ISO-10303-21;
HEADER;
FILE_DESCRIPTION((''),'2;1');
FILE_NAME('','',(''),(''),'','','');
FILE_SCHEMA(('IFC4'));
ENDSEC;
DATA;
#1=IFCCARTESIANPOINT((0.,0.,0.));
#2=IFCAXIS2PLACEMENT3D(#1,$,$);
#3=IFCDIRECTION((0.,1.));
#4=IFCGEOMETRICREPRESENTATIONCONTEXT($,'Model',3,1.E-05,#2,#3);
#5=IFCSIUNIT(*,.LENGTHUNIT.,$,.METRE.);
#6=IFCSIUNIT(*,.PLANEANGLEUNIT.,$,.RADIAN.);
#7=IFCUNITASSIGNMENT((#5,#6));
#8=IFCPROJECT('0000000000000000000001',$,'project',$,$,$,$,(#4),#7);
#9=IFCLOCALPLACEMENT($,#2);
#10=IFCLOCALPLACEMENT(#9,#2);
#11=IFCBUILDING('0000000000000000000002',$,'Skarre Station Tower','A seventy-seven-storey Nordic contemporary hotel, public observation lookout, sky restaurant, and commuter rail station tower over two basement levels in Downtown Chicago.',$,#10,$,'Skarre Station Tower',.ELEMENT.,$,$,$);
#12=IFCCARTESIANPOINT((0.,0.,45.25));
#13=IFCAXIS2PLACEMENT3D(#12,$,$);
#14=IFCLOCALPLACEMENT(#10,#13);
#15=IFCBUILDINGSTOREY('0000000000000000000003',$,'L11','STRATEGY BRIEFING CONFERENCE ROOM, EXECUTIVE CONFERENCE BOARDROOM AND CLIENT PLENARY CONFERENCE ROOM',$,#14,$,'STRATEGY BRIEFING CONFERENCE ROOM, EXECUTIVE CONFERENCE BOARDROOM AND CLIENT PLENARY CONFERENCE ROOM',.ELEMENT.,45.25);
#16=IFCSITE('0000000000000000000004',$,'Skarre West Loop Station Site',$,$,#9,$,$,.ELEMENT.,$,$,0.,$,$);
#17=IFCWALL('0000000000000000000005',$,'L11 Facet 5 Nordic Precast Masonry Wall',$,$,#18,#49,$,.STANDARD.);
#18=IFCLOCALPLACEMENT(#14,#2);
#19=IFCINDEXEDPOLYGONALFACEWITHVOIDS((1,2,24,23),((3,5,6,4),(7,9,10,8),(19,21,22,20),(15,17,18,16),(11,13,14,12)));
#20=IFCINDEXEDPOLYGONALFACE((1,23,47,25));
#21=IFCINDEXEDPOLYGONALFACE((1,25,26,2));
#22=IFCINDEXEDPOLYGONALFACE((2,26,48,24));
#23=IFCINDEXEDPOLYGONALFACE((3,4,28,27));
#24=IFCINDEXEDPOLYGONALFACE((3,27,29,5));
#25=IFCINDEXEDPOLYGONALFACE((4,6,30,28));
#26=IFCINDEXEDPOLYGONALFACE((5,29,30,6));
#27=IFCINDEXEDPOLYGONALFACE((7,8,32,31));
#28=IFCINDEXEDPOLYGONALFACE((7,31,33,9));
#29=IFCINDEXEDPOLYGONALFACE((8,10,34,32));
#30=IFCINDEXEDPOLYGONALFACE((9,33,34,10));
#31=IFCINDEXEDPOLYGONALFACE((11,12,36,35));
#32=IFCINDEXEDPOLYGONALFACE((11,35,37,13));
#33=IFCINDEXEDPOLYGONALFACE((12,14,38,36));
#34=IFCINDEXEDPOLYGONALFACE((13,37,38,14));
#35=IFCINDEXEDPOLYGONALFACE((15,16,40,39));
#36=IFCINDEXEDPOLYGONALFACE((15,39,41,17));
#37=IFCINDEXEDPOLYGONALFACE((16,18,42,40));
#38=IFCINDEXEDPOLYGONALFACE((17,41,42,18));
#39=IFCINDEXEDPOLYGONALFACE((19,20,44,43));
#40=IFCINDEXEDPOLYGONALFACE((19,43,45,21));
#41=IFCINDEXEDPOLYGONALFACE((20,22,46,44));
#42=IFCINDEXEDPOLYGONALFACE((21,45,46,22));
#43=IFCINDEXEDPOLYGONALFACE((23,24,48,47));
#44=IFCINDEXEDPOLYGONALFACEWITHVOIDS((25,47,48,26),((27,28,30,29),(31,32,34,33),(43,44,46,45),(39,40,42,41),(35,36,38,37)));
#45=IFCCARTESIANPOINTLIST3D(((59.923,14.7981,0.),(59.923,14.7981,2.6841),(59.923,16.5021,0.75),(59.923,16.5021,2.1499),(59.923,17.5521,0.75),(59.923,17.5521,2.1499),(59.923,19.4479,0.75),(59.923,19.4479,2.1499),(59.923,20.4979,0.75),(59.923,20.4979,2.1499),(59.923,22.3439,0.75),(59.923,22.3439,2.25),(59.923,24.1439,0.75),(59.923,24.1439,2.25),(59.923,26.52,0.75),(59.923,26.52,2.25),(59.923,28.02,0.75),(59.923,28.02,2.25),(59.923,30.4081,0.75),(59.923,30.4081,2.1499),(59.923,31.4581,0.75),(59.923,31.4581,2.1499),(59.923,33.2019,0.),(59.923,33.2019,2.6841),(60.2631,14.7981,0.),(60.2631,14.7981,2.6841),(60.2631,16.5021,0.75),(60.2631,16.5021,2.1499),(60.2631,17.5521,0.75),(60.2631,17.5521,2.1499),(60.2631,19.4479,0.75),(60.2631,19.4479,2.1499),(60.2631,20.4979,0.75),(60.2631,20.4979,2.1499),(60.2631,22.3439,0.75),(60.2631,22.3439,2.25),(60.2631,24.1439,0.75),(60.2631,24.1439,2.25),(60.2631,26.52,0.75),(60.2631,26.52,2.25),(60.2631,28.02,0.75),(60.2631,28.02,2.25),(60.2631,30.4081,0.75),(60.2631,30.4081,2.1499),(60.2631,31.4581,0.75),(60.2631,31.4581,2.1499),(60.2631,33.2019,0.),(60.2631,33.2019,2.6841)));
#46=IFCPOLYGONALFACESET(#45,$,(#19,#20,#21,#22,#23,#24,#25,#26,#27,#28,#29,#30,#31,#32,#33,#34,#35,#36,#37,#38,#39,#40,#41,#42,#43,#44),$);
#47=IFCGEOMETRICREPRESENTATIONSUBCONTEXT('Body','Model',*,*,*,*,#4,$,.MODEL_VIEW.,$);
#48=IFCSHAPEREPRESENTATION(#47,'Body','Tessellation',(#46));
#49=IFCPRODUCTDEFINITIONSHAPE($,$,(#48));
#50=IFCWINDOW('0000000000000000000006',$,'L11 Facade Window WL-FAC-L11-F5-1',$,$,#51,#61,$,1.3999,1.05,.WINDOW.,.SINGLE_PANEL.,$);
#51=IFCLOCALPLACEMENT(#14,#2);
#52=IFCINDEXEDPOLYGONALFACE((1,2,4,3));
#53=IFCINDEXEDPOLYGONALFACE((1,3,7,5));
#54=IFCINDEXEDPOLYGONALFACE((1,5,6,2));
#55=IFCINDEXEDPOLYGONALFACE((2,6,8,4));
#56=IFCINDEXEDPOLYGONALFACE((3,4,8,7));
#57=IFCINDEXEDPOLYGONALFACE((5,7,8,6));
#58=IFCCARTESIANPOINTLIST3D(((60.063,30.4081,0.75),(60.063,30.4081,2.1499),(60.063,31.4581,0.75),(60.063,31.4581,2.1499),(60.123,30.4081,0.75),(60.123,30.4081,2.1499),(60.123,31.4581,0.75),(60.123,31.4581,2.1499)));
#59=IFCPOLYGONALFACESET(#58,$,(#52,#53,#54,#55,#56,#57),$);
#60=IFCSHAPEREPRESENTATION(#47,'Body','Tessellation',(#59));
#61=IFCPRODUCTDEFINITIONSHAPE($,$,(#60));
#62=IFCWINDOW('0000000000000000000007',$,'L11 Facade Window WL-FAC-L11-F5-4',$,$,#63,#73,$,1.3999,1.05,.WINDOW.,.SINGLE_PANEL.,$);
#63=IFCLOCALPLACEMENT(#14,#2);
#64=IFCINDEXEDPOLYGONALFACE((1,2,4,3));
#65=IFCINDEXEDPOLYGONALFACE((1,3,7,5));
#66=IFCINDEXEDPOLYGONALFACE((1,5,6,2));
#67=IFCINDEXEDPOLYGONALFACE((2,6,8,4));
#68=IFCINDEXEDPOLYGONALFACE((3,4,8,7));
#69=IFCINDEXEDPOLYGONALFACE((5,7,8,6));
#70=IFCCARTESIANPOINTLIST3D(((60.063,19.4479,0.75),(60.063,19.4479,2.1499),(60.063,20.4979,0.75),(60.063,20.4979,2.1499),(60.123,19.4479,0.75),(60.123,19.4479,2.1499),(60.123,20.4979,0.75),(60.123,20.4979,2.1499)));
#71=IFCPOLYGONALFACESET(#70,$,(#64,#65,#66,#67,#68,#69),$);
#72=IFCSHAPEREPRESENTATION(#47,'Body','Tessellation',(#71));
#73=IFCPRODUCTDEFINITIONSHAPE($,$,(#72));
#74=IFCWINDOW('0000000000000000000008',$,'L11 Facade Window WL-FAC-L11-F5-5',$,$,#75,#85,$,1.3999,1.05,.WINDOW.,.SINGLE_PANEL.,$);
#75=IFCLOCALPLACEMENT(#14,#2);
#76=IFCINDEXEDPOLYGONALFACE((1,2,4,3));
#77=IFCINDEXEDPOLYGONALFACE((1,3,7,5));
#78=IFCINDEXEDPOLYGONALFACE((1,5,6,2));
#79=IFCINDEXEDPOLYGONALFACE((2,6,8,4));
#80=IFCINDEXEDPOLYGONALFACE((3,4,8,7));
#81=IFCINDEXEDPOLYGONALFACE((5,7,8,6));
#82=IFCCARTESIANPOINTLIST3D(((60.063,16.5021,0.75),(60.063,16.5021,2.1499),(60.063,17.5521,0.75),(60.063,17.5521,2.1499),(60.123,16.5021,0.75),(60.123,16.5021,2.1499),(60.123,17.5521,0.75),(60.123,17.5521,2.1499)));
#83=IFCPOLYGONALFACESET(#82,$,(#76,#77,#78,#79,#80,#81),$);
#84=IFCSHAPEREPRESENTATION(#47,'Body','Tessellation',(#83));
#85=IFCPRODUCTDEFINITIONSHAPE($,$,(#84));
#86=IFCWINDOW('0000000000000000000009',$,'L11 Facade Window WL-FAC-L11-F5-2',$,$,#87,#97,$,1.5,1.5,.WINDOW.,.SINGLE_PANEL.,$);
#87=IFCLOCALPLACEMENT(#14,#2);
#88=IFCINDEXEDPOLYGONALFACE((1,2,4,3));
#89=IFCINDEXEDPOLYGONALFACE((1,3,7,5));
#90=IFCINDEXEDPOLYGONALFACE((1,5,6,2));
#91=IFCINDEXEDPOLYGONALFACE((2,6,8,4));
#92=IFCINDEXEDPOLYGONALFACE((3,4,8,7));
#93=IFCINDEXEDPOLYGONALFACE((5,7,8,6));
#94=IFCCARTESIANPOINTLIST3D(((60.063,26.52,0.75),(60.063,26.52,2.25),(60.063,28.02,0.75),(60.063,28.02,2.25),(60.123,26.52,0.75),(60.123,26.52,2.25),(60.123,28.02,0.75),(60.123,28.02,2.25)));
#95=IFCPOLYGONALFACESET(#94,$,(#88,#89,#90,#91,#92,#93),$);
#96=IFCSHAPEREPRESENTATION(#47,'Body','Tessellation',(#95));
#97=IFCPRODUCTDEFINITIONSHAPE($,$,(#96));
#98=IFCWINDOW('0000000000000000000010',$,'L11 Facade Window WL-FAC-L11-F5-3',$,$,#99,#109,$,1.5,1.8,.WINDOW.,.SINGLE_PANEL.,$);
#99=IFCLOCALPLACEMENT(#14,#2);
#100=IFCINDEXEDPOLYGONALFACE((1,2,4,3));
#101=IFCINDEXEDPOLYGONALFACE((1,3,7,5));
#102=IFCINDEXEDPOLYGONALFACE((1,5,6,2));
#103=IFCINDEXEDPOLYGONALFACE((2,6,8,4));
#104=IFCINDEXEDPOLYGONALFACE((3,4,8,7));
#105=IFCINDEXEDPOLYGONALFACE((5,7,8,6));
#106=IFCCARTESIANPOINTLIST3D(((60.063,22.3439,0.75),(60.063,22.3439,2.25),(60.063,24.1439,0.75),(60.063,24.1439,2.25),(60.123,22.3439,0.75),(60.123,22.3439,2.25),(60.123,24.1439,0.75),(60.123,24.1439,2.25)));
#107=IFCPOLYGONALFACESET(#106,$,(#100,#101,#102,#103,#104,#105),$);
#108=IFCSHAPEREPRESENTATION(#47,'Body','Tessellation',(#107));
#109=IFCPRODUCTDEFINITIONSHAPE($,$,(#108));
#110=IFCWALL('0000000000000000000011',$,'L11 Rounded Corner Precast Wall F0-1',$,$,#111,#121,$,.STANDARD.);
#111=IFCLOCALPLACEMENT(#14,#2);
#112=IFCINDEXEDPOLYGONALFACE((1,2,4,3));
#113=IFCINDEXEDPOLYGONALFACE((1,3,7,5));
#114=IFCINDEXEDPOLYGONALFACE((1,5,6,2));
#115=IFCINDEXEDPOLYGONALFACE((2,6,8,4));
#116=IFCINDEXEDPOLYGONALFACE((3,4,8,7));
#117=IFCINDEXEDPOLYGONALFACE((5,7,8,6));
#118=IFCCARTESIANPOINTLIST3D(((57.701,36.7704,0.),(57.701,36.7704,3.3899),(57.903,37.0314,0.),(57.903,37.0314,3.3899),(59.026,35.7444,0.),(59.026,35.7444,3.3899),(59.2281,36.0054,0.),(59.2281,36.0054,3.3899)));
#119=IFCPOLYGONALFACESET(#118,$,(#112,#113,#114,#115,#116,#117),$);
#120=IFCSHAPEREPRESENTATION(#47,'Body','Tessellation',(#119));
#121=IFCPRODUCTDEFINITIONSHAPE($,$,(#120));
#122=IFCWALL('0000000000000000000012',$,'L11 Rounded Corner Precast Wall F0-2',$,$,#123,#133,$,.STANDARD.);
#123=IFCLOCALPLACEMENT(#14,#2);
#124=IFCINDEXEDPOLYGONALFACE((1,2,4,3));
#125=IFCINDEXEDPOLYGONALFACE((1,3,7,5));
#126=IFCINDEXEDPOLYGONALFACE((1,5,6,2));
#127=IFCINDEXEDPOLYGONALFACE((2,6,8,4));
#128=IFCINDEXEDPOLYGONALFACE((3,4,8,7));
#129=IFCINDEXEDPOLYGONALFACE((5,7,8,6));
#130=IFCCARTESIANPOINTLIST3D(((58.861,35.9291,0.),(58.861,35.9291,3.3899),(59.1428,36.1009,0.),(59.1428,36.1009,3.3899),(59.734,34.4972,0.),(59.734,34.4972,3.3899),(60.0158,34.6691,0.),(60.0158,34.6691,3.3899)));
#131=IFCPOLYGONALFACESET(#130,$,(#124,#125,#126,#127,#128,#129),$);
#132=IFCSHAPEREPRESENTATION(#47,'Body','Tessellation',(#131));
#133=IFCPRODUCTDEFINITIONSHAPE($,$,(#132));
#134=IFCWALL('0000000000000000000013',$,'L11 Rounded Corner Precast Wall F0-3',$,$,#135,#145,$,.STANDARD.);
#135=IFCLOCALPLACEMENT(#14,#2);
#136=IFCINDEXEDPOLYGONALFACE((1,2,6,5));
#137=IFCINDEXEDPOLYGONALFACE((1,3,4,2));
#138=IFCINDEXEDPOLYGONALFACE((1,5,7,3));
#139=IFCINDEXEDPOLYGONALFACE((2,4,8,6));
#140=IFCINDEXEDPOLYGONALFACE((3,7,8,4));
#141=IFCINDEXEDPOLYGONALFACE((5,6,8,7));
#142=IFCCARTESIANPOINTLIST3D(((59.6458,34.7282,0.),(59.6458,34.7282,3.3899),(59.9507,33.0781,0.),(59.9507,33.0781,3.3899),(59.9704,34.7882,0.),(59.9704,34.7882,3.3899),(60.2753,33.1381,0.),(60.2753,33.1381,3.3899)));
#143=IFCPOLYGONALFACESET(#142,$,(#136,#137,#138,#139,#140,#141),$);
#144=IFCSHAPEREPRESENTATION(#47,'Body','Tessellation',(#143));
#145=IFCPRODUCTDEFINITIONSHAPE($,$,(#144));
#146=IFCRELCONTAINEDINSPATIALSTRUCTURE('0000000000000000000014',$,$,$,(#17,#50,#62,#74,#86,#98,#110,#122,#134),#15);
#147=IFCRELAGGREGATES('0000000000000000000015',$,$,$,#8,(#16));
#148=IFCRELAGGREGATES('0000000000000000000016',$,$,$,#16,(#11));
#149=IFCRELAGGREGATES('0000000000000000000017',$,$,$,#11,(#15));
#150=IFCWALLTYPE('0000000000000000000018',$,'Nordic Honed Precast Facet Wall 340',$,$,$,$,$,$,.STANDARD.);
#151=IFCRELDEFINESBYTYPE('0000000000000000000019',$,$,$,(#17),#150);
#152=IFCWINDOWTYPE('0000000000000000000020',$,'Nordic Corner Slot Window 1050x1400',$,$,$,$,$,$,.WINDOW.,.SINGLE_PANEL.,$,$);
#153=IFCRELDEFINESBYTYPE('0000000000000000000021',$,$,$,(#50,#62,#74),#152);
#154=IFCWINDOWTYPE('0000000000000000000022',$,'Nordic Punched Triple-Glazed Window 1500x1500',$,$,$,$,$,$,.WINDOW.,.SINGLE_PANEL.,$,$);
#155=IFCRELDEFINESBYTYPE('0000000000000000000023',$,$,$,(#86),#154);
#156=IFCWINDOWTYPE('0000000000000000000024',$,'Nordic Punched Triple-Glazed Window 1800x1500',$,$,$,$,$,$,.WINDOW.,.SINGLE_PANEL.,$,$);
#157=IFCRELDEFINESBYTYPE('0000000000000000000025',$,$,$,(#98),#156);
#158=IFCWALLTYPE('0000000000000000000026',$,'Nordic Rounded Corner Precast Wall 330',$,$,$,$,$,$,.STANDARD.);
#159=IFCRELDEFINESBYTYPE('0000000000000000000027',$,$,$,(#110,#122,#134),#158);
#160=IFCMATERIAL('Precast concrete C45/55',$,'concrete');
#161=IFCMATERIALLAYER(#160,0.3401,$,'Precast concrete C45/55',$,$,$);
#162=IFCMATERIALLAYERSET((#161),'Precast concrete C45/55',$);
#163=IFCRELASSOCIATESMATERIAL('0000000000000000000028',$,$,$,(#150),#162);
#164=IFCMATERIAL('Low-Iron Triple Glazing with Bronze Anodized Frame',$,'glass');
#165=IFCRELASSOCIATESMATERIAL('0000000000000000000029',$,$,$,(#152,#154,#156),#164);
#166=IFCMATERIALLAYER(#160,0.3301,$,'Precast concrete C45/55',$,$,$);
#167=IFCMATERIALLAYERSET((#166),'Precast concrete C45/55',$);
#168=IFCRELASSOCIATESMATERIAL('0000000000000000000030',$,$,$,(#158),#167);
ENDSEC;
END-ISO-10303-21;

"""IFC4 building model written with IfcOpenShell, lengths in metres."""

from ifc_helpers import new_model, si_unit, direction, frame, frame_2d, origin, place, context, subcontext, project, spatial, rectangle, extrude, material, layer, layer_set, type_object, element, fill, save


model = new_model("IFC4")

# Units and contexts
model_context = context("Model", 3, precision=1e-05, world=origin(), true_north=direction((0.0, 1.0)))
body_context = subcontext(model_context, "Body", "Model", "MODEL_VIEW")
ifc_project = project(units=[si_unit("LENGTHUNIT", "METRE"), si_unit("PLANEANGLEUNIT", "RADIAN")], contexts=[model_context])

# Site, building, storey
site_placement = place(None, origin())
site = spatial("IfcSite", under=ifc_project, at=site_placement, Name="Skarre West Loop Station Site", CompositionType="ELEMENT", RefElevation=0.0)
building_placement = place(site_placement, origin())
building = spatial("IfcBuilding", under=site, at=building_placement, Name="Skarre Station Tower", Description="A seventy-seven-storey Nordic contemporary hotel, public observation lookout, sky restaurant, and commuter rail station tower over two basement levels in Downtown Chicago.", LongName="Skarre Station Tower", CompositionType="ELEMENT")
storey_placement = place(building_placement, frame((0.0, 0.0, 45.25)))
storey = spatial("IfcBuildingStorey", under=building, at=storey_placement, Name="L11", Description="STRATEGY BRIEFING CONFERENCE ROOM, EXECUTIVE CONFERENCE BOARDROOM AND CLIENT PLENARY CONFERENCE ROOM", LongName="STRATEGY BRIEFING CONFERENCE ROOM, EXECUTIVE CONFERENCE BOARDROOM AND CLIENT PLENARY CONFERENCE ROOM", CompositionType="ELEMENT", Elevation=45.25)

# Wall, openings, windows
ifc_material_1 = material(Name="Precast concrete C45/55", Category="concrete")
ifc_layer_1 = layer(ifc_material_1, 0.3401, Name="Precast concrete C45/55")
ifc_layer_set_1 = layer_set([ifc_layer_1], Name="Precast concrete C45/55")
wall_type_1 = type_object("IfcWallType", Name="Nordic Honed Precast Facet Wall 340", PredefinedType="STANDARD", material=ifc_layer_set_1)
wall_1_placement = place(storey_placement, frame((60.093, 33.2019, 0.0), z_axis=(0.0, 0.0, 1.0), x_axis=(0.0, -1.0, 0.0)))
wall_1 = element("IfcWall", 1, at=wall_1_placement, inside=storey, type_object=wall_type_1, Name="L11 Facet 5 Nordic Precast Masonry Wall", PredefinedType="STANDARD", context=body_context, shape_type="SweptSolid", body=[
    extrude(rectangle(XDim=18.4038, YDim=0.3401, at=frame_2d((9.2019, 0.0))), origin(), (0.0, 0.0, 1.0), 2.6841),
])
opening_1_placement = place(wall_1_placement, frame((1.7439, 0.0, 0.75)))
opening_1 = element("IfcOpeningElement", 2, at=opening_1_placement, cuts=wall_1, PredefinedType="OPENING", context=body_context, shape_type="SweptSolid", body=[
    extrude(rectangle(XDim=1.05, YDim=1.3999, at=frame_2d((0.5249, 0.7))), frame((0.0, 0.1799, 0.0), z_axis=(0.0, -1.0, 0.0), x_axis=(1.0, 0.0, 0.0)), (0.0, 0.0, 1.0), 0.3601),
])
opening_2_placement = place(wall_1_placement, frame((5.1819, 0.0, 0.75)))
opening_2 = element("IfcOpeningElement", 3, at=opening_2_placement, cuts=wall_1, PredefinedType="OPENING", context=body_context, shape_type="SweptSolid", body=[
    extrude(rectangle(XDim=1.5, YDim=1.5, at=frame_2d((0.75, 0.75))), frame((0.0, 0.1799, 0.0), z_axis=(0.0, -1.0, 0.0), x_axis=(1.0, 0.0, 0.0)), (0.0, 0.0, 1.0), 0.3601),
])
opening_3_placement = place(wall_1_placement, frame((9.0581, 0.0, 0.75)))
opening_3 = element("IfcOpeningElement", 4, at=opening_3_placement, cuts=wall_1, PredefinedType="OPENING", context=body_context, shape_type="SweptSolid", body=[
    extrude(rectangle(XDim=1.8, YDim=1.5, at=frame_2d((0.8999, 0.75))), frame((0.0, 0.1799, 0.0), z_axis=(0.0, -1.0, 0.0), x_axis=(1.0, 0.0, 0.0)), (0.0, 0.0, 1.0), 0.3601),
])
opening_4_placement = place(wall_1_placement, frame((12.7041, 0.0, 0.75)))
opening_4 = element("IfcOpeningElement", 5, at=opening_4_placement, cuts=wall_1, PredefinedType="OPENING", context=body_context, shape_type="SweptSolid", body=[
    extrude(rectangle(XDim=1.05, YDim=1.3999, at=frame_2d((0.5249, 0.7))), frame((0.0, 0.1799, 0.0), z_axis=(0.0, -1.0, 0.0), x_axis=(1.0, 0.0, 0.0)), (0.0, 0.0, 1.0), 0.3601),
])
opening_5_placement = place(wall_1_placement, frame((15.6499, 0.0, 0.75)))
opening_5 = element("IfcOpeningElement", 6, at=opening_5_placement, cuts=wall_1, PredefinedType="OPENING", context=body_context, shape_type="SweptSolid", body=[
    extrude(rectangle(XDim=1.05, YDim=1.3999, at=frame_2d((0.5249, 0.7))), frame((0.0, 0.1799, 0.0), z_axis=(0.0, -1.0, 0.0), x_axis=(1.0, 0.0, 0.0)), (0.0, 0.0, 1.0), 0.3601),
])
ifc_material_2 = material(Name="Low-Iron Triple Glazing with Bronze Anodized Frame", Category="glass")
window_type_1 = type_object("IfcWindowType", Name="Nordic Corner Slot Window 1050x1400", PartitioningType="SINGLE_PANEL", PredefinedType="WINDOW", material=ifc_material_2)
window_1_placement = place(opening_1_placement, origin())
window_1 = element("IfcWindow", 7, at=window_1_placement, inside=storey, type_object=window_type_1, Name="L11 Facade Window WL-FAC-L11-F5-1", OverallHeight=1.3999, OverallWidth=1.05, PartitioningType="SINGLE_PANEL", PredefinedType="WINDOW", context=body_context, shape_type="SweptSolid", body=[
    extrude(rectangle(XDim=1.05, YDim=1.3999, at=frame_2d((0.5249, 0.7))), frame((0.0, 0.03, 0.0), z_axis=(0.0, -1.0, 0.0), x_axis=(1.0, 0.0, 0.0)), (0.0, 0.0, 1.0), 0.0601),
])
fill(opening_1, window_1)
window_2_placement = place(opening_4_placement, origin())
window_2 = element("IfcWindow", 8, at=window_2_placement, inside=storey, type_object=window_type_1, Name="L11 Facade Window WL-FAC-L11-F5-4", OverallHeight=1.3999, OverallWidth=1.05, PartitioningType="SINGLE_PANEL", PredefinedType="WINDOW", context=body_context, shape_type="SweptSolid", body=[
    extrude(rectangle(XDim=1.05, YDim=1.3999, at=frame_2d((0.5249, 0.7))), frame((0.0, 0.03, 0.0), z_axis=(0.0, -1.0, 0.0), x_axis=(1.0, 0.0, 0.0)), (0.0, 0.0, 1.0), 0.0601),
])
fill(opening_4, window_2)
window_3_placement = place(opening_5_placement, origin())
window_3 = element("IfcWindow", 9, at=window_3_placement, inside=storey, type_object=window_type_1, Name="L11 Facade Window WL-FAC-L11-F5-5", OverallHeight=1.3999, OverallWidth=1.05, PartitioningType="SINGLE_PANEL", PredefinedType="WINDOW", context=body_context, shape_type="SweptSolid", body=[
    extrude(rectangle(XDim=1.05, YDim=1.3999, at=frame_2d((0.5249, 0.7))), frame((0.0, 0.03, 0.0), z_axis=(0.0, -1.0, 0.0), x_axis=(1.0, 0.0, 0.0)), (0.0, 0.0, 1.0), 0.0601),
])
fill(opening_5, window_3)
window_type_2 = type_object("IfcWindowType", Name="Nordic Punched Triple-Glazed Window 1500x1500", PartitioningType="SINGLE_PANEL", PredefinedType="WINDOW", material=ifc_material_2)
window_4_placement = place(opening_2_placement, origin())
window_4 = element("IfcWindow", 10, at=window_4_placement, inside=storey, type_object=window_type_2, Name="L11 Facade Window WL-FAC-L11-F5-2", OverallHeight=1.5, OverallWidth=1.5, PartitioningType="SINGLE_PANEL", PredefinedType="WINDOW", context=body_context, shape_type="SweptSolid", body=[
    extrude(rectangle(XDim=1.5, YDim=1.5, at=frame_2d((0.75, 0.75))), frame((0.0, 0.03, 0.0), z_axis=(0.0, -1.0, 0.0), x_axis=(1.0, 0.0, 0.0)), (0.0, 0.0, 1.0), 0.0601),
])
fill(opening_2, window_4)
window_type_3 = type_object("IfcWindowType", Name="Nordic Punched Triple-Glazed Window 1800x1500", PartitioningType="SINGLE_PANEL", PredefinedType="WINDOW", material=ifc_material_2)
window_5_placement = place(opening_3_placement, origin())
window_5 = element("IfcWindow", 11, at=window_5_placement, inside=storey, type_object=window_type_3, Name="L11 Facade Window WL-FAC-L11-F5-3", OverallHeight=1.5, OverallWidth=1.8, PartitioningType="SINGLE_PANEL", PredefinedType="WINDOW", context=body_context, shape_type="SweptSolid", body=[
    extrude(rectangle(XDim=1.8, YDim=1.5, at=frame_2d((0.8999, 0.75))), frame((0.0, 0.03, 0.0), z_axis=(0.0, -1.0, 0.0), x_axis=(1.0, 0.0, 0.0)), (0.0, 0.0, 1.0), 0.0601),
])
fill(opening_3, window_5)

# Walls
ifc_layer_2 = layer(ifc_material_1, 0.3301, Name="Precast concrete C45/55")
ifc_layer_set_2 = layer_set([ifc_layer_2], Name="Precast concrete C45/55")
wall_type_2 = type_object("IfcWallType", Name="Nordic Rounded Corner Precast Wall 330", PredefinedType="STANDARD", material=ifc_layer_set_2)
wall_2_placement = place(storey_placement, frame((57.802, 36.9009, 0.0), z_axis=(0.0, 0.0, 1.0), x_axis=(0.790692, -0.612214, 0.0)))
element("IfcWall", 12, at=wall_2_placement, inside=storey, type_object=wall_type_2, Name="L11 Rounded Corner Precast Wall F0-1", PredefinedType="STANDARD", context=body_context, shape_type="SweptSolid", body=[
    extrude(rectangle(XDim=1.6758, YDim=0.3301, at=frame_2d((0.8379, 0.0))), origin(), (0.0, 0.0, 1.0), 3.3899),
])
wall_3_placement = place(storey_placement, frame((59.002, 36.0149, 0.0), z_axis=(0.0, 0.0, 1.0), x_axis=(0.520584, -0.85381, 0.0)))
element("IfcWall", 13, at=wall_3_placement, inside=storey, type_object=wall_type_2, Name="L11 Rounded Corner Precast Wall F0-2", PredefinedType="STANDARD", context=body_context, shape_type="SweptSolid", body=[
    extrude(rectangle(XDim=1.677, YDim=0.3301, at=frame_2d((0.8384, 0.0))), origin(), (0.0, 0.0, 1.0), 3.3899),
])
wall_4_placement = place(storey_placement, frame((59.8081, 34.7581, 0.0), z_axis=(0.0, 0.0, 1.0), x_axis=(0.181714, -0.983351, 0.0)))
element("IfcWall", 14, at=wall_4_placement, inside=storey, type_object=wall_type_2, Name="L11 Rounded Corner Precast Wall F0-3", PredefinedType="STANDARD", context=body_context, shape_type="SweptSolid", body=[
    extrude(rectangle(XDim=1.678, YDim=0.3301, at=frame_2d((0.8389, 0.0))), origin(), (0.0, 0.0, 1.0), 3.3899),
])

save(model, "model.ifc")
